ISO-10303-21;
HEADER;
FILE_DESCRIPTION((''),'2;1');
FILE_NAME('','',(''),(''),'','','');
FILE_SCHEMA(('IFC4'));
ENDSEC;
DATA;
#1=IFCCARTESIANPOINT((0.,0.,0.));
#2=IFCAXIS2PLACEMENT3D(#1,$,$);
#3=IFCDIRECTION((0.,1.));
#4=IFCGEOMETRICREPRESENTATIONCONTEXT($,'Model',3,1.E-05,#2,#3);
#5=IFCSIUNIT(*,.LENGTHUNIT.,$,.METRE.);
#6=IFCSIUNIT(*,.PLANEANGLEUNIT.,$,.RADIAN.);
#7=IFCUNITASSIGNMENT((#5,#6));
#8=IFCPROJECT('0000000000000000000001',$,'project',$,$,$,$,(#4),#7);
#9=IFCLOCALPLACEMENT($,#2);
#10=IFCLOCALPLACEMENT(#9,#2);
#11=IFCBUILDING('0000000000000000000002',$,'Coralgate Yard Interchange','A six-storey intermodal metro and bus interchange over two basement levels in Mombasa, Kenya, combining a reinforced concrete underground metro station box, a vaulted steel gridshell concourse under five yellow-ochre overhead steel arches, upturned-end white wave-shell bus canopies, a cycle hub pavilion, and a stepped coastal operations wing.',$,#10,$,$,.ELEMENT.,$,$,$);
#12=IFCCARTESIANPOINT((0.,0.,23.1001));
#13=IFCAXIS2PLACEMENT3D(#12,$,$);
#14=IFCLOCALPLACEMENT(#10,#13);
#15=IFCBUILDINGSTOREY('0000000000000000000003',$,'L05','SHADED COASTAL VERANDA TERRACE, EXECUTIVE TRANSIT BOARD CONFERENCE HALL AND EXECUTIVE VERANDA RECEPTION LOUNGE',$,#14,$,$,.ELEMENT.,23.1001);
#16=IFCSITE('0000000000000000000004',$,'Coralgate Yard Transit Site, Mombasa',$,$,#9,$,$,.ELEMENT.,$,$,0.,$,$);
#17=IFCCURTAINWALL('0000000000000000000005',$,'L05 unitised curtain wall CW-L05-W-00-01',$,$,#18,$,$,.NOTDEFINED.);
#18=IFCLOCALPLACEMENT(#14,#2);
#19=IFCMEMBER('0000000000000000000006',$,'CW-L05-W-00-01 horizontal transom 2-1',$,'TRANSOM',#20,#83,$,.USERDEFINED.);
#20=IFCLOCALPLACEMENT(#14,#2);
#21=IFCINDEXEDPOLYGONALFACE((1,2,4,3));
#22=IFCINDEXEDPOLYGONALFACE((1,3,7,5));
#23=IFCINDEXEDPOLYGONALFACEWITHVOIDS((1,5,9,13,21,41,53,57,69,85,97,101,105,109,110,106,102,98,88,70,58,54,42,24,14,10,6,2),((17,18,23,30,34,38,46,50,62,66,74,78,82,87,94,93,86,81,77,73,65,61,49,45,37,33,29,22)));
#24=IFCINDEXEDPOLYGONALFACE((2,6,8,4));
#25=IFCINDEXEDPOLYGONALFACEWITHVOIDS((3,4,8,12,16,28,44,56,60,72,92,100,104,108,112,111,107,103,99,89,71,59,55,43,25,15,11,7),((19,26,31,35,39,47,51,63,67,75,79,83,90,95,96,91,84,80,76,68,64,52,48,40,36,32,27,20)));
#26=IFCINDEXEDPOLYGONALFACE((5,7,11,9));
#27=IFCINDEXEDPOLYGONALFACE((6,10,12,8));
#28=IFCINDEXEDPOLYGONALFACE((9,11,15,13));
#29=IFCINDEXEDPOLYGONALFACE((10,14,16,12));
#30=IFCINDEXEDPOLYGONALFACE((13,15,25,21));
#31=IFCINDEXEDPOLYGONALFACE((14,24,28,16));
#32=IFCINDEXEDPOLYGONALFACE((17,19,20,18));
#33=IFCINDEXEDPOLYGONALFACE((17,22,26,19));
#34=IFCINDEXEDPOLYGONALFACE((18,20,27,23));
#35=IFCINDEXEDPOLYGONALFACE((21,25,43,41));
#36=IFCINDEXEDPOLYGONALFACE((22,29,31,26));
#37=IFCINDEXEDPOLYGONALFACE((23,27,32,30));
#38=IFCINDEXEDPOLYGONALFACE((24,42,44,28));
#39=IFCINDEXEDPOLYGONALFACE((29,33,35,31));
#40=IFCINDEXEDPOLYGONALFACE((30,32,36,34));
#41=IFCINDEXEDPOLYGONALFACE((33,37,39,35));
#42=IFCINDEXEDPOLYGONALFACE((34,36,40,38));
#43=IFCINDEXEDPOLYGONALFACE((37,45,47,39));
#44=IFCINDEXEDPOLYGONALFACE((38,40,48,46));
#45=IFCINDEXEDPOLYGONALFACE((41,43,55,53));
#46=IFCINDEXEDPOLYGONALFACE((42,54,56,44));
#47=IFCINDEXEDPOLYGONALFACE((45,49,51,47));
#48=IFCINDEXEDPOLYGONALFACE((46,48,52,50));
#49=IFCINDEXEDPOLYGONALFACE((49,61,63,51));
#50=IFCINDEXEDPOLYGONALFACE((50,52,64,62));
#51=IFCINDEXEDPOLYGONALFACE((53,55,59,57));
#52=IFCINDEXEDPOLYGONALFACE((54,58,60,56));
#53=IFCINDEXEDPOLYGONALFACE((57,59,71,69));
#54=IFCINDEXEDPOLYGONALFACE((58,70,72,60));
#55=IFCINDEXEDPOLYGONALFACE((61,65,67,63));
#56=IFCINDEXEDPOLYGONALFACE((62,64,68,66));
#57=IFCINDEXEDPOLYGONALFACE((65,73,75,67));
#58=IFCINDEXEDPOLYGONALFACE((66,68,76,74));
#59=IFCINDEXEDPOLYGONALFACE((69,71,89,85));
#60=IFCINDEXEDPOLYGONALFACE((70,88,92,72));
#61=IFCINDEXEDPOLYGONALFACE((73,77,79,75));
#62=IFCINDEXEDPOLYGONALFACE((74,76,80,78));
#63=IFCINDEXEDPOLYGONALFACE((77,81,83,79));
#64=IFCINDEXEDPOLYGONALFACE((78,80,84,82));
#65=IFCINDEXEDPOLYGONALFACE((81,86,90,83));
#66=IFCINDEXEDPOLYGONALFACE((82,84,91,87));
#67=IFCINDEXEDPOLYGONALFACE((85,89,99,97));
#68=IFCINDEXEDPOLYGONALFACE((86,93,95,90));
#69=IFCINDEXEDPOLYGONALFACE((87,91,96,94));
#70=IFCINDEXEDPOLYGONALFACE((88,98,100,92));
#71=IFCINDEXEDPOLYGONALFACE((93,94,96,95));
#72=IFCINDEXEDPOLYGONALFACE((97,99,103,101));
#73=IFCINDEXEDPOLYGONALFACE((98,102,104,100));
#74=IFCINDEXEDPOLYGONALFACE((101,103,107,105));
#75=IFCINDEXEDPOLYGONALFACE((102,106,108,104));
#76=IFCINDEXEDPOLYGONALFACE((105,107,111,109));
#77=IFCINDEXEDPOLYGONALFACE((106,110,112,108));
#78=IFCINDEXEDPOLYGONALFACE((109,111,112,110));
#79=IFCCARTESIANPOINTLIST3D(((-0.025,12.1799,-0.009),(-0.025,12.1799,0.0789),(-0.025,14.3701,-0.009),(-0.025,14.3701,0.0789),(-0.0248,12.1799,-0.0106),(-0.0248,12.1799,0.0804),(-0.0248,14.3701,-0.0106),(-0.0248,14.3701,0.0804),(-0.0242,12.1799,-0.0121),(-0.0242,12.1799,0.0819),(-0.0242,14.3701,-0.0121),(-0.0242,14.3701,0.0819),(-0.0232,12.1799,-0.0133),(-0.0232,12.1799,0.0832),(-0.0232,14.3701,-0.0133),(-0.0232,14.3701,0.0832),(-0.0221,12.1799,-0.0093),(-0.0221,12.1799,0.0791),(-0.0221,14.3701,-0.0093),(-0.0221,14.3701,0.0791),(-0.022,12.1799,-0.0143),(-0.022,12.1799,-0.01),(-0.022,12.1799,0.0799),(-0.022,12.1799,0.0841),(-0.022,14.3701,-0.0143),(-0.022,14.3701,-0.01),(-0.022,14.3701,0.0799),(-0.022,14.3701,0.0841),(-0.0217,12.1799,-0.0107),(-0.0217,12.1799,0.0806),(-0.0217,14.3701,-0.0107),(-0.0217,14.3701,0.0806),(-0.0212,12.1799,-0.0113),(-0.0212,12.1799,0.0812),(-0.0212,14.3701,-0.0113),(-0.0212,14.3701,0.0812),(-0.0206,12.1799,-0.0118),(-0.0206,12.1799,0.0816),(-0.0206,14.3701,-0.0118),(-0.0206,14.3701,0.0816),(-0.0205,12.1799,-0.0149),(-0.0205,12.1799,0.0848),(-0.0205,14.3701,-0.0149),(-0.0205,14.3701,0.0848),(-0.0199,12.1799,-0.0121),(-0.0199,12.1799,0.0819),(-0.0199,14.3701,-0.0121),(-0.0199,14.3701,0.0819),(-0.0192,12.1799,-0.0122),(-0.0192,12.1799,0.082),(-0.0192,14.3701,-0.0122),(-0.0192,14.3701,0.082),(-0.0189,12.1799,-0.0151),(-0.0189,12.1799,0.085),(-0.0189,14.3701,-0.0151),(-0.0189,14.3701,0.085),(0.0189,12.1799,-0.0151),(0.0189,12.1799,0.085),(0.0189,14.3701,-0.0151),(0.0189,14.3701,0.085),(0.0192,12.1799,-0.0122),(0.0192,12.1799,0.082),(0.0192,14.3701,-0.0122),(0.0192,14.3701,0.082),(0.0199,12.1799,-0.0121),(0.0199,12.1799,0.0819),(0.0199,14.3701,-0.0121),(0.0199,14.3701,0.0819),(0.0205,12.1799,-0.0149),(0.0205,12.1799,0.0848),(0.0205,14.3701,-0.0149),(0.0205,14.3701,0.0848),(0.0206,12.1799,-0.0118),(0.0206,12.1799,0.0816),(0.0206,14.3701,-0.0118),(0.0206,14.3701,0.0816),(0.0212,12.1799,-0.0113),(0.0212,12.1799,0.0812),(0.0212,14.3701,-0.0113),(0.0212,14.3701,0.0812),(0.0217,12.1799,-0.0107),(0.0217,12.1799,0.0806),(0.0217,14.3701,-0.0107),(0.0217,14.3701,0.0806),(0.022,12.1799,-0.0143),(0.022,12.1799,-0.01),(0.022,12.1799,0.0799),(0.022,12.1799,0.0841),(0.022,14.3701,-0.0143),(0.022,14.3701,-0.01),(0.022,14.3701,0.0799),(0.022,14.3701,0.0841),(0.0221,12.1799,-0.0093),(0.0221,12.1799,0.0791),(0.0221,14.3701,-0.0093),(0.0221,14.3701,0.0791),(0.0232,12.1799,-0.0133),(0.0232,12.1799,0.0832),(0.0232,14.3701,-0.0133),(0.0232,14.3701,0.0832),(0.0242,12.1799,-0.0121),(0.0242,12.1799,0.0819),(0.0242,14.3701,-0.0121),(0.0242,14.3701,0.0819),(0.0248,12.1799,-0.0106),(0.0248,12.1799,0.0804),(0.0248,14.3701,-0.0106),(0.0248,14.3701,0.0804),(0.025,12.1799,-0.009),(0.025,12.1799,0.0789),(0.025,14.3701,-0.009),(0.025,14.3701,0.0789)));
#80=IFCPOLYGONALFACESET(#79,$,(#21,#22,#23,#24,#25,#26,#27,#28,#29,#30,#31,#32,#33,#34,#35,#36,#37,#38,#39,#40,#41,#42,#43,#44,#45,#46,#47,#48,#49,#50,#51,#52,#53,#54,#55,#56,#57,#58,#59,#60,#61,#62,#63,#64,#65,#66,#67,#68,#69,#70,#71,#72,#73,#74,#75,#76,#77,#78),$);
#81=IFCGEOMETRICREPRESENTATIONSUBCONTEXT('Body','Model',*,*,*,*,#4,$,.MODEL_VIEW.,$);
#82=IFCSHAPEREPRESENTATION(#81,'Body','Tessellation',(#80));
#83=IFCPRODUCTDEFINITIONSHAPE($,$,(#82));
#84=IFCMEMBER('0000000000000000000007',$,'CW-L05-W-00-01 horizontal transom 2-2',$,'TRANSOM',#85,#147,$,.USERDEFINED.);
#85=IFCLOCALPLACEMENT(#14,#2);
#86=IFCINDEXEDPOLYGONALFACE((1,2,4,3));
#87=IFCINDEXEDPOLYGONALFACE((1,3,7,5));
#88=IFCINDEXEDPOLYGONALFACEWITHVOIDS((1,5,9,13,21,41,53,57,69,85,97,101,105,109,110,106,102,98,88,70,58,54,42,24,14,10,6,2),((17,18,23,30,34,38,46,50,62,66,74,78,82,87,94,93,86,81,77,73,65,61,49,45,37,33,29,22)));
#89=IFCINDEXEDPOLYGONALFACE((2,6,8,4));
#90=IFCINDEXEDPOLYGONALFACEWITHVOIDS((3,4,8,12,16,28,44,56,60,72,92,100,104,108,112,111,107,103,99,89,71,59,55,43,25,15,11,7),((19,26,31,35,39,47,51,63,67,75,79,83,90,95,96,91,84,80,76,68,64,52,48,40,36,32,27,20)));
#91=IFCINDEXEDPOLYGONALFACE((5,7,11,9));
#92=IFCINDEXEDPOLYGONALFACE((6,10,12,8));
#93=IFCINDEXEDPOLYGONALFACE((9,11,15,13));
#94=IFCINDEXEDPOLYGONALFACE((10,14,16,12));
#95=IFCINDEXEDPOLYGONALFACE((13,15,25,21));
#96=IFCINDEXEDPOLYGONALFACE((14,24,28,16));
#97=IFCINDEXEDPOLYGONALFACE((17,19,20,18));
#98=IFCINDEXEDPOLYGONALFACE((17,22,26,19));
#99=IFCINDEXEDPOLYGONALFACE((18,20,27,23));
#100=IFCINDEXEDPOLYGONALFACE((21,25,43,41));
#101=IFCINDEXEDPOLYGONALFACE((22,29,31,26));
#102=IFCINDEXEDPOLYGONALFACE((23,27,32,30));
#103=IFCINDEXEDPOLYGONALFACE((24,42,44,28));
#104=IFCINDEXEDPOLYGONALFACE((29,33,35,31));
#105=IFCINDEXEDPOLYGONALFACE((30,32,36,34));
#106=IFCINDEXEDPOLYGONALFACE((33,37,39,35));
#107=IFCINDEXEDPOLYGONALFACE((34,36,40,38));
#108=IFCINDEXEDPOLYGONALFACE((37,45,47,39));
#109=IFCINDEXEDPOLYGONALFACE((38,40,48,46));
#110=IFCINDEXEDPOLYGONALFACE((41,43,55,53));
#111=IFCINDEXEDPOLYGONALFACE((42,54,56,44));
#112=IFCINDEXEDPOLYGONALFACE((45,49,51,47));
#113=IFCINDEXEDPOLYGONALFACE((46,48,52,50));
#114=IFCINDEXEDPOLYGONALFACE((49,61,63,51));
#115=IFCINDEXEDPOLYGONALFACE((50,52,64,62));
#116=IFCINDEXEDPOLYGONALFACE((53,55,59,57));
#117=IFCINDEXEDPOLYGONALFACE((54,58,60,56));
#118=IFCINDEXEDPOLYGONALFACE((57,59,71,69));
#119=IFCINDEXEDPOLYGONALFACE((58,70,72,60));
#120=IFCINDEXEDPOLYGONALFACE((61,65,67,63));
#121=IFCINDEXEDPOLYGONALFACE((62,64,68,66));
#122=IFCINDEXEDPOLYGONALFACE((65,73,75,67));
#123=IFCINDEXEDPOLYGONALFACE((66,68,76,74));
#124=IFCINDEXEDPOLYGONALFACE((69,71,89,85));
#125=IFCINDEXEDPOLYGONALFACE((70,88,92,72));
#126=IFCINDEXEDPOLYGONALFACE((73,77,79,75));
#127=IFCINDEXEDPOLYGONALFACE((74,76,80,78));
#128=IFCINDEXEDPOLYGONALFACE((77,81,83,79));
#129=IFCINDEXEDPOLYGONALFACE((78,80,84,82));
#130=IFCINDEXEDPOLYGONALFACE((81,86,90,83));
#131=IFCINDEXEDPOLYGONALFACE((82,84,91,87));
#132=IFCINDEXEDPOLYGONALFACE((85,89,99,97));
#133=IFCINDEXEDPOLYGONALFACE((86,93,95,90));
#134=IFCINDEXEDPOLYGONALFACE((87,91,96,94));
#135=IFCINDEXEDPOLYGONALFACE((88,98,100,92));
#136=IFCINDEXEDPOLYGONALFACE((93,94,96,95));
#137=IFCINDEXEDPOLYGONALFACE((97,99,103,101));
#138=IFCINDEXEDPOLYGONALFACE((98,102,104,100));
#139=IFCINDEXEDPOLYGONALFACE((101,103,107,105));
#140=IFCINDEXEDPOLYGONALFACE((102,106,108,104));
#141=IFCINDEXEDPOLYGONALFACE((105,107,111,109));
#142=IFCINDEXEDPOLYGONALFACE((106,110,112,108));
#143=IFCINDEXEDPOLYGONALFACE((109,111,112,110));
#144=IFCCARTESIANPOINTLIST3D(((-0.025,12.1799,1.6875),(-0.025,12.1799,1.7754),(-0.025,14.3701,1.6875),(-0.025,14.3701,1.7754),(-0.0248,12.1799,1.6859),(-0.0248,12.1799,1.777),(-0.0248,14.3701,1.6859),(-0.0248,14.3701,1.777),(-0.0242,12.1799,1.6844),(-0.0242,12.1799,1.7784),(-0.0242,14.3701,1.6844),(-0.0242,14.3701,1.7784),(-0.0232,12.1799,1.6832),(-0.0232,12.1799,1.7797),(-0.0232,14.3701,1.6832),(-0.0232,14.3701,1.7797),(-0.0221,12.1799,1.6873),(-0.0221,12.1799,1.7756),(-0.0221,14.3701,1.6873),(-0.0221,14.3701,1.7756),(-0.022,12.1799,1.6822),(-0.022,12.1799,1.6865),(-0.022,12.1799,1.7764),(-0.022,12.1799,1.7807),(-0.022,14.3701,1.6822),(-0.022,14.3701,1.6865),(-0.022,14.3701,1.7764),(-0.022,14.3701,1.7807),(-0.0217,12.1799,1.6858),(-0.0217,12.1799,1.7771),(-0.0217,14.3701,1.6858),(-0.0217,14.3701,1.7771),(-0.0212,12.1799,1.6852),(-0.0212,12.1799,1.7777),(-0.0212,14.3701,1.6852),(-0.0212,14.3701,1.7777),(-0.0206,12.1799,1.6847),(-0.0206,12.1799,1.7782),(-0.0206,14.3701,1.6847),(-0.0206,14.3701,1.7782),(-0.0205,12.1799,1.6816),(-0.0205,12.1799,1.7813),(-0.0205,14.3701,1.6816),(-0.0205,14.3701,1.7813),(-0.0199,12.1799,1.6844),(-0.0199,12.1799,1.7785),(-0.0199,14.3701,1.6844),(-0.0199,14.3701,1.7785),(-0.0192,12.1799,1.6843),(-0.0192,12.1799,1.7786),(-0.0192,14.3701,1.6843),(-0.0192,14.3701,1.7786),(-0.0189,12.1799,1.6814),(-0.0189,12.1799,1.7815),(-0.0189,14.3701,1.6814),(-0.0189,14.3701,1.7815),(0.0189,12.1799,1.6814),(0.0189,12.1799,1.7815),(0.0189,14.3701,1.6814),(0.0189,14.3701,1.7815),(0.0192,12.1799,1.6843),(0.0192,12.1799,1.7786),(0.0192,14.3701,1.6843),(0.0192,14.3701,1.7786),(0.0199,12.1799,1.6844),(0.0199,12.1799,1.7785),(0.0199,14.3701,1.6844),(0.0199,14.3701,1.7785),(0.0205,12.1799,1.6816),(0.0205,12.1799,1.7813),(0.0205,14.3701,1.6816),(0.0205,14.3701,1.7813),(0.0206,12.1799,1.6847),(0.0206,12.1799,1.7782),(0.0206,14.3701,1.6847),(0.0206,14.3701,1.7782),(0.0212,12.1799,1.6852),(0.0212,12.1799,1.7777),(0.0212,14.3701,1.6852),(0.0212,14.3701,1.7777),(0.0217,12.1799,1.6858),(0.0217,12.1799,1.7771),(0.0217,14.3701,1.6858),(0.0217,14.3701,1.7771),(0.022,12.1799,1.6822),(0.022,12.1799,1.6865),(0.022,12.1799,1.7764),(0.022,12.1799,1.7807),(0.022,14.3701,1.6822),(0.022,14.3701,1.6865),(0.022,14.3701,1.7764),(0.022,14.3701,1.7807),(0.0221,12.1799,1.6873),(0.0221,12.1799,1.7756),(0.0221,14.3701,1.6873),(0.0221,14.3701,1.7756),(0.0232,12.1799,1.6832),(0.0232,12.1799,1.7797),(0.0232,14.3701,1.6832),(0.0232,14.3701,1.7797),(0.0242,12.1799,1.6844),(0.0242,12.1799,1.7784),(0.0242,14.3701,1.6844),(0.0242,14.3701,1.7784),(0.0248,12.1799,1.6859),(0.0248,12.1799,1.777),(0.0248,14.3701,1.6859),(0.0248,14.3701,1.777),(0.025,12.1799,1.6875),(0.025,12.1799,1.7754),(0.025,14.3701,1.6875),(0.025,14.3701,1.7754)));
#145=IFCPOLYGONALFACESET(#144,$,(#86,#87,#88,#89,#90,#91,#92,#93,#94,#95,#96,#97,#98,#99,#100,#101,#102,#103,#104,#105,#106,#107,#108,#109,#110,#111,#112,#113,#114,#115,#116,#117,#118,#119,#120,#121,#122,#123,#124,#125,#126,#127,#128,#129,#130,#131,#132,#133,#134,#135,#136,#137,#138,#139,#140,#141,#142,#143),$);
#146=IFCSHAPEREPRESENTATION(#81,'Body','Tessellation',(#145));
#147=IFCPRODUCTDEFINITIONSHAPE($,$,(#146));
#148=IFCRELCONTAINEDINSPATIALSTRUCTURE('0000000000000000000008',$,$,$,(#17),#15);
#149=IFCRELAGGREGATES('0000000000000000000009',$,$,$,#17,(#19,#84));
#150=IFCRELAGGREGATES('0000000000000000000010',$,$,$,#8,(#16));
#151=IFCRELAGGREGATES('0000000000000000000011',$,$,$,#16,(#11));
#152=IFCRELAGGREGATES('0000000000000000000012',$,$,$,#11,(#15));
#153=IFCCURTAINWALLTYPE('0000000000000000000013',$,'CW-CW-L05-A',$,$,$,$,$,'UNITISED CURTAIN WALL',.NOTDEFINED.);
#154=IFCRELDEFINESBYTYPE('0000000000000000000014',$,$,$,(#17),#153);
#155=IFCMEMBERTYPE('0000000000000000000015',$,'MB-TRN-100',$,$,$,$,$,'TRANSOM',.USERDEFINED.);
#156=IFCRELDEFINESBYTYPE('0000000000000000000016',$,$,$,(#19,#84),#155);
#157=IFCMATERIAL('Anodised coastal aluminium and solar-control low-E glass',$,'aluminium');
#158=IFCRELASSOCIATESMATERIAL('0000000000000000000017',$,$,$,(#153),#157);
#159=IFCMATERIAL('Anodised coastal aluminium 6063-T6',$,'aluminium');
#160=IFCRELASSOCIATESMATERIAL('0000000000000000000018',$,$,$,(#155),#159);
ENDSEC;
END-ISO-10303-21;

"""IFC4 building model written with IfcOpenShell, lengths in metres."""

from ifc_helpers import new_model, si_unit, direction, frame, origin, origin_2d, place, context, subcontext, project, spatial, hollow_rectangle, extrude, material, material_profile, profile_set, type_object, element, aggregate, save


model = new_model("IFC4")

# Units and contexts
model_context = context("Model", 3, precision=1e-05, world=origin(), true_north=direction((0.0, 1.0)))
body_context = subcontext(model_context, "Body", "Model", "MODEL_VIEW")
ifc_project = project(units=[si_unit("LENGTHUNIT", "METRE"), si_unit("PLANEANGLEUNIT", "RADIAN")], contexts=[model_context])

# Site, building, storey
site_placement = place(None, origin())
site = spatial("IfcSite", under=ifc_project, at=site_placement, Name="Coralgate Yard Transit Site, Mombasa", CompositionType="ELEMENT", RefElevation=0.0)
building_placement = place(site_placement, origin())
building = spatial("IfcBuilding", under=site, at=building_placement, Name="Coralgate Yard Interchange", Description="A six-storey intermodal metro and bus interchange over two basement levels in Mombasa, Kenya, combining a reinforced concrete underground metro station box, a vaulted steel gridshell concourse under five yellow-ochre overhead steel arches, upturned-end white wave-shell bus canopies, a cycle hub pavilion, and a stepped coastal operations wing.", CompositionType="ELEMENT")
storey_placement = place(building_placement, frame((0.0, 0.0, 23.1001)))
storey = spatial("IfcBuildingStorey", under=building, at=storey_placement, Name="L05", Description="SHADED COASTAL VERANDA TERRACE, EXECUTIVE TRANSIT BOARD CONFERENCE HALL AND EXECUTIVE VERANDA RECEPTION LOUNGE", CompositionType="ELEMENT", Elevation=23.1001)

# Curtain wall, members
ifc_material_1 = material(Name="Anodised coastal aluminium and solar-control low-E glass", Category="aluminium")
curtain_wall_type = type_object("IfcCurtainWallType", Name="CW-CW-L05-A", ElementType="UNITISED CURTAIN WALL", PredefinedType="NOTDEFINED", material=ifc_material_1)
curtain_wall_placement = place(storey_placement, origin())
curtain_wall = element("IfcCurtainWall", 1, at=curtain_wall_placement, inside=storey, type_object=curtain_wall_type, Name="L05 unitised curtain wall CW-L05-W-00-01", PredefinedType="NOTDEFINED")
ifc_material_2 = material(Name="Anodised coastal aluminium 6063-T6", Category="aluminium")
ifc_material_profile_1 = material_profile(ifc_material_2, hollow_rectangle(XDim=0.05, YDim=0.1001, WallThickness=0.0029, InnerFilletRadius=0.0029, OuterFilletRadius=0.0061, at=origin_2d()), Name="ALU 50x100x3")
ifc_profile_set_1 = profile_set([ifc_material_profile_1], Name="Anodised coastal aluminium 6063-T6")
member_type_1 = type_object("IfcMemberType", Name="MB-TRN-100", ElementType="TRANSOM", PredefinedType="USERDEFINED", material=ifc_profile_set_1)
member_1_placement = place(storey_placement, frame((0.0, 12.1799, 0.0349), z_axis=(0.0, 1.0, 0.0), x_axis=(-1.0, 0.0, 0.0)))
member_1 = element("IfcMember", 2, at=member_1_placement, type_object=member_type_1, Name="CW-L05-W-00-01 horizontal transom 2-1", ObjectType="TRANSOM", PredefinedType="USERDEFINED", context=body_context, shape_type="SweptSolid", body=[
    extrude(hollow_rectangle(XDim=0.05, YDim=0.1001, WallThickness=0.0029, InnerFilletRadius=0.0029, OuterFilletRadius=0.0061, at=origin_2d()), origin(), (0.0, 0.0, 1.0), 2.1902),
])
member_2_placement = place(storey_placement, frame((0.0, 12.1799, 1.7314), z_axis=(0.0, 1.0, 0.0), x_axis=(-1.0, 0.0, 0.0)))
member_2 = element("IfcMember", 3, at=member_2_placement, type_object=member_type_1, Name="CW-L05-W-00-01 horizontal transom 2-2", ObjectType="TRANSOM", PredefinedType="USERDEFINED", context=body_context, shape_type="SweptSolid", body=[
    extrude(hollow_rectangle(XDim=0.05, YDim=0.1001, WallThickness=0.0029, InnerFilletRadius=0.0029, OuterFilletRadius=0.0061, at=origin_2d()), origin(), (0.0, 0.0, 1.0), 2.1902),
])
aggregate(curtain_wall, [member_1, member_2])

save(model, "model.ifc")
